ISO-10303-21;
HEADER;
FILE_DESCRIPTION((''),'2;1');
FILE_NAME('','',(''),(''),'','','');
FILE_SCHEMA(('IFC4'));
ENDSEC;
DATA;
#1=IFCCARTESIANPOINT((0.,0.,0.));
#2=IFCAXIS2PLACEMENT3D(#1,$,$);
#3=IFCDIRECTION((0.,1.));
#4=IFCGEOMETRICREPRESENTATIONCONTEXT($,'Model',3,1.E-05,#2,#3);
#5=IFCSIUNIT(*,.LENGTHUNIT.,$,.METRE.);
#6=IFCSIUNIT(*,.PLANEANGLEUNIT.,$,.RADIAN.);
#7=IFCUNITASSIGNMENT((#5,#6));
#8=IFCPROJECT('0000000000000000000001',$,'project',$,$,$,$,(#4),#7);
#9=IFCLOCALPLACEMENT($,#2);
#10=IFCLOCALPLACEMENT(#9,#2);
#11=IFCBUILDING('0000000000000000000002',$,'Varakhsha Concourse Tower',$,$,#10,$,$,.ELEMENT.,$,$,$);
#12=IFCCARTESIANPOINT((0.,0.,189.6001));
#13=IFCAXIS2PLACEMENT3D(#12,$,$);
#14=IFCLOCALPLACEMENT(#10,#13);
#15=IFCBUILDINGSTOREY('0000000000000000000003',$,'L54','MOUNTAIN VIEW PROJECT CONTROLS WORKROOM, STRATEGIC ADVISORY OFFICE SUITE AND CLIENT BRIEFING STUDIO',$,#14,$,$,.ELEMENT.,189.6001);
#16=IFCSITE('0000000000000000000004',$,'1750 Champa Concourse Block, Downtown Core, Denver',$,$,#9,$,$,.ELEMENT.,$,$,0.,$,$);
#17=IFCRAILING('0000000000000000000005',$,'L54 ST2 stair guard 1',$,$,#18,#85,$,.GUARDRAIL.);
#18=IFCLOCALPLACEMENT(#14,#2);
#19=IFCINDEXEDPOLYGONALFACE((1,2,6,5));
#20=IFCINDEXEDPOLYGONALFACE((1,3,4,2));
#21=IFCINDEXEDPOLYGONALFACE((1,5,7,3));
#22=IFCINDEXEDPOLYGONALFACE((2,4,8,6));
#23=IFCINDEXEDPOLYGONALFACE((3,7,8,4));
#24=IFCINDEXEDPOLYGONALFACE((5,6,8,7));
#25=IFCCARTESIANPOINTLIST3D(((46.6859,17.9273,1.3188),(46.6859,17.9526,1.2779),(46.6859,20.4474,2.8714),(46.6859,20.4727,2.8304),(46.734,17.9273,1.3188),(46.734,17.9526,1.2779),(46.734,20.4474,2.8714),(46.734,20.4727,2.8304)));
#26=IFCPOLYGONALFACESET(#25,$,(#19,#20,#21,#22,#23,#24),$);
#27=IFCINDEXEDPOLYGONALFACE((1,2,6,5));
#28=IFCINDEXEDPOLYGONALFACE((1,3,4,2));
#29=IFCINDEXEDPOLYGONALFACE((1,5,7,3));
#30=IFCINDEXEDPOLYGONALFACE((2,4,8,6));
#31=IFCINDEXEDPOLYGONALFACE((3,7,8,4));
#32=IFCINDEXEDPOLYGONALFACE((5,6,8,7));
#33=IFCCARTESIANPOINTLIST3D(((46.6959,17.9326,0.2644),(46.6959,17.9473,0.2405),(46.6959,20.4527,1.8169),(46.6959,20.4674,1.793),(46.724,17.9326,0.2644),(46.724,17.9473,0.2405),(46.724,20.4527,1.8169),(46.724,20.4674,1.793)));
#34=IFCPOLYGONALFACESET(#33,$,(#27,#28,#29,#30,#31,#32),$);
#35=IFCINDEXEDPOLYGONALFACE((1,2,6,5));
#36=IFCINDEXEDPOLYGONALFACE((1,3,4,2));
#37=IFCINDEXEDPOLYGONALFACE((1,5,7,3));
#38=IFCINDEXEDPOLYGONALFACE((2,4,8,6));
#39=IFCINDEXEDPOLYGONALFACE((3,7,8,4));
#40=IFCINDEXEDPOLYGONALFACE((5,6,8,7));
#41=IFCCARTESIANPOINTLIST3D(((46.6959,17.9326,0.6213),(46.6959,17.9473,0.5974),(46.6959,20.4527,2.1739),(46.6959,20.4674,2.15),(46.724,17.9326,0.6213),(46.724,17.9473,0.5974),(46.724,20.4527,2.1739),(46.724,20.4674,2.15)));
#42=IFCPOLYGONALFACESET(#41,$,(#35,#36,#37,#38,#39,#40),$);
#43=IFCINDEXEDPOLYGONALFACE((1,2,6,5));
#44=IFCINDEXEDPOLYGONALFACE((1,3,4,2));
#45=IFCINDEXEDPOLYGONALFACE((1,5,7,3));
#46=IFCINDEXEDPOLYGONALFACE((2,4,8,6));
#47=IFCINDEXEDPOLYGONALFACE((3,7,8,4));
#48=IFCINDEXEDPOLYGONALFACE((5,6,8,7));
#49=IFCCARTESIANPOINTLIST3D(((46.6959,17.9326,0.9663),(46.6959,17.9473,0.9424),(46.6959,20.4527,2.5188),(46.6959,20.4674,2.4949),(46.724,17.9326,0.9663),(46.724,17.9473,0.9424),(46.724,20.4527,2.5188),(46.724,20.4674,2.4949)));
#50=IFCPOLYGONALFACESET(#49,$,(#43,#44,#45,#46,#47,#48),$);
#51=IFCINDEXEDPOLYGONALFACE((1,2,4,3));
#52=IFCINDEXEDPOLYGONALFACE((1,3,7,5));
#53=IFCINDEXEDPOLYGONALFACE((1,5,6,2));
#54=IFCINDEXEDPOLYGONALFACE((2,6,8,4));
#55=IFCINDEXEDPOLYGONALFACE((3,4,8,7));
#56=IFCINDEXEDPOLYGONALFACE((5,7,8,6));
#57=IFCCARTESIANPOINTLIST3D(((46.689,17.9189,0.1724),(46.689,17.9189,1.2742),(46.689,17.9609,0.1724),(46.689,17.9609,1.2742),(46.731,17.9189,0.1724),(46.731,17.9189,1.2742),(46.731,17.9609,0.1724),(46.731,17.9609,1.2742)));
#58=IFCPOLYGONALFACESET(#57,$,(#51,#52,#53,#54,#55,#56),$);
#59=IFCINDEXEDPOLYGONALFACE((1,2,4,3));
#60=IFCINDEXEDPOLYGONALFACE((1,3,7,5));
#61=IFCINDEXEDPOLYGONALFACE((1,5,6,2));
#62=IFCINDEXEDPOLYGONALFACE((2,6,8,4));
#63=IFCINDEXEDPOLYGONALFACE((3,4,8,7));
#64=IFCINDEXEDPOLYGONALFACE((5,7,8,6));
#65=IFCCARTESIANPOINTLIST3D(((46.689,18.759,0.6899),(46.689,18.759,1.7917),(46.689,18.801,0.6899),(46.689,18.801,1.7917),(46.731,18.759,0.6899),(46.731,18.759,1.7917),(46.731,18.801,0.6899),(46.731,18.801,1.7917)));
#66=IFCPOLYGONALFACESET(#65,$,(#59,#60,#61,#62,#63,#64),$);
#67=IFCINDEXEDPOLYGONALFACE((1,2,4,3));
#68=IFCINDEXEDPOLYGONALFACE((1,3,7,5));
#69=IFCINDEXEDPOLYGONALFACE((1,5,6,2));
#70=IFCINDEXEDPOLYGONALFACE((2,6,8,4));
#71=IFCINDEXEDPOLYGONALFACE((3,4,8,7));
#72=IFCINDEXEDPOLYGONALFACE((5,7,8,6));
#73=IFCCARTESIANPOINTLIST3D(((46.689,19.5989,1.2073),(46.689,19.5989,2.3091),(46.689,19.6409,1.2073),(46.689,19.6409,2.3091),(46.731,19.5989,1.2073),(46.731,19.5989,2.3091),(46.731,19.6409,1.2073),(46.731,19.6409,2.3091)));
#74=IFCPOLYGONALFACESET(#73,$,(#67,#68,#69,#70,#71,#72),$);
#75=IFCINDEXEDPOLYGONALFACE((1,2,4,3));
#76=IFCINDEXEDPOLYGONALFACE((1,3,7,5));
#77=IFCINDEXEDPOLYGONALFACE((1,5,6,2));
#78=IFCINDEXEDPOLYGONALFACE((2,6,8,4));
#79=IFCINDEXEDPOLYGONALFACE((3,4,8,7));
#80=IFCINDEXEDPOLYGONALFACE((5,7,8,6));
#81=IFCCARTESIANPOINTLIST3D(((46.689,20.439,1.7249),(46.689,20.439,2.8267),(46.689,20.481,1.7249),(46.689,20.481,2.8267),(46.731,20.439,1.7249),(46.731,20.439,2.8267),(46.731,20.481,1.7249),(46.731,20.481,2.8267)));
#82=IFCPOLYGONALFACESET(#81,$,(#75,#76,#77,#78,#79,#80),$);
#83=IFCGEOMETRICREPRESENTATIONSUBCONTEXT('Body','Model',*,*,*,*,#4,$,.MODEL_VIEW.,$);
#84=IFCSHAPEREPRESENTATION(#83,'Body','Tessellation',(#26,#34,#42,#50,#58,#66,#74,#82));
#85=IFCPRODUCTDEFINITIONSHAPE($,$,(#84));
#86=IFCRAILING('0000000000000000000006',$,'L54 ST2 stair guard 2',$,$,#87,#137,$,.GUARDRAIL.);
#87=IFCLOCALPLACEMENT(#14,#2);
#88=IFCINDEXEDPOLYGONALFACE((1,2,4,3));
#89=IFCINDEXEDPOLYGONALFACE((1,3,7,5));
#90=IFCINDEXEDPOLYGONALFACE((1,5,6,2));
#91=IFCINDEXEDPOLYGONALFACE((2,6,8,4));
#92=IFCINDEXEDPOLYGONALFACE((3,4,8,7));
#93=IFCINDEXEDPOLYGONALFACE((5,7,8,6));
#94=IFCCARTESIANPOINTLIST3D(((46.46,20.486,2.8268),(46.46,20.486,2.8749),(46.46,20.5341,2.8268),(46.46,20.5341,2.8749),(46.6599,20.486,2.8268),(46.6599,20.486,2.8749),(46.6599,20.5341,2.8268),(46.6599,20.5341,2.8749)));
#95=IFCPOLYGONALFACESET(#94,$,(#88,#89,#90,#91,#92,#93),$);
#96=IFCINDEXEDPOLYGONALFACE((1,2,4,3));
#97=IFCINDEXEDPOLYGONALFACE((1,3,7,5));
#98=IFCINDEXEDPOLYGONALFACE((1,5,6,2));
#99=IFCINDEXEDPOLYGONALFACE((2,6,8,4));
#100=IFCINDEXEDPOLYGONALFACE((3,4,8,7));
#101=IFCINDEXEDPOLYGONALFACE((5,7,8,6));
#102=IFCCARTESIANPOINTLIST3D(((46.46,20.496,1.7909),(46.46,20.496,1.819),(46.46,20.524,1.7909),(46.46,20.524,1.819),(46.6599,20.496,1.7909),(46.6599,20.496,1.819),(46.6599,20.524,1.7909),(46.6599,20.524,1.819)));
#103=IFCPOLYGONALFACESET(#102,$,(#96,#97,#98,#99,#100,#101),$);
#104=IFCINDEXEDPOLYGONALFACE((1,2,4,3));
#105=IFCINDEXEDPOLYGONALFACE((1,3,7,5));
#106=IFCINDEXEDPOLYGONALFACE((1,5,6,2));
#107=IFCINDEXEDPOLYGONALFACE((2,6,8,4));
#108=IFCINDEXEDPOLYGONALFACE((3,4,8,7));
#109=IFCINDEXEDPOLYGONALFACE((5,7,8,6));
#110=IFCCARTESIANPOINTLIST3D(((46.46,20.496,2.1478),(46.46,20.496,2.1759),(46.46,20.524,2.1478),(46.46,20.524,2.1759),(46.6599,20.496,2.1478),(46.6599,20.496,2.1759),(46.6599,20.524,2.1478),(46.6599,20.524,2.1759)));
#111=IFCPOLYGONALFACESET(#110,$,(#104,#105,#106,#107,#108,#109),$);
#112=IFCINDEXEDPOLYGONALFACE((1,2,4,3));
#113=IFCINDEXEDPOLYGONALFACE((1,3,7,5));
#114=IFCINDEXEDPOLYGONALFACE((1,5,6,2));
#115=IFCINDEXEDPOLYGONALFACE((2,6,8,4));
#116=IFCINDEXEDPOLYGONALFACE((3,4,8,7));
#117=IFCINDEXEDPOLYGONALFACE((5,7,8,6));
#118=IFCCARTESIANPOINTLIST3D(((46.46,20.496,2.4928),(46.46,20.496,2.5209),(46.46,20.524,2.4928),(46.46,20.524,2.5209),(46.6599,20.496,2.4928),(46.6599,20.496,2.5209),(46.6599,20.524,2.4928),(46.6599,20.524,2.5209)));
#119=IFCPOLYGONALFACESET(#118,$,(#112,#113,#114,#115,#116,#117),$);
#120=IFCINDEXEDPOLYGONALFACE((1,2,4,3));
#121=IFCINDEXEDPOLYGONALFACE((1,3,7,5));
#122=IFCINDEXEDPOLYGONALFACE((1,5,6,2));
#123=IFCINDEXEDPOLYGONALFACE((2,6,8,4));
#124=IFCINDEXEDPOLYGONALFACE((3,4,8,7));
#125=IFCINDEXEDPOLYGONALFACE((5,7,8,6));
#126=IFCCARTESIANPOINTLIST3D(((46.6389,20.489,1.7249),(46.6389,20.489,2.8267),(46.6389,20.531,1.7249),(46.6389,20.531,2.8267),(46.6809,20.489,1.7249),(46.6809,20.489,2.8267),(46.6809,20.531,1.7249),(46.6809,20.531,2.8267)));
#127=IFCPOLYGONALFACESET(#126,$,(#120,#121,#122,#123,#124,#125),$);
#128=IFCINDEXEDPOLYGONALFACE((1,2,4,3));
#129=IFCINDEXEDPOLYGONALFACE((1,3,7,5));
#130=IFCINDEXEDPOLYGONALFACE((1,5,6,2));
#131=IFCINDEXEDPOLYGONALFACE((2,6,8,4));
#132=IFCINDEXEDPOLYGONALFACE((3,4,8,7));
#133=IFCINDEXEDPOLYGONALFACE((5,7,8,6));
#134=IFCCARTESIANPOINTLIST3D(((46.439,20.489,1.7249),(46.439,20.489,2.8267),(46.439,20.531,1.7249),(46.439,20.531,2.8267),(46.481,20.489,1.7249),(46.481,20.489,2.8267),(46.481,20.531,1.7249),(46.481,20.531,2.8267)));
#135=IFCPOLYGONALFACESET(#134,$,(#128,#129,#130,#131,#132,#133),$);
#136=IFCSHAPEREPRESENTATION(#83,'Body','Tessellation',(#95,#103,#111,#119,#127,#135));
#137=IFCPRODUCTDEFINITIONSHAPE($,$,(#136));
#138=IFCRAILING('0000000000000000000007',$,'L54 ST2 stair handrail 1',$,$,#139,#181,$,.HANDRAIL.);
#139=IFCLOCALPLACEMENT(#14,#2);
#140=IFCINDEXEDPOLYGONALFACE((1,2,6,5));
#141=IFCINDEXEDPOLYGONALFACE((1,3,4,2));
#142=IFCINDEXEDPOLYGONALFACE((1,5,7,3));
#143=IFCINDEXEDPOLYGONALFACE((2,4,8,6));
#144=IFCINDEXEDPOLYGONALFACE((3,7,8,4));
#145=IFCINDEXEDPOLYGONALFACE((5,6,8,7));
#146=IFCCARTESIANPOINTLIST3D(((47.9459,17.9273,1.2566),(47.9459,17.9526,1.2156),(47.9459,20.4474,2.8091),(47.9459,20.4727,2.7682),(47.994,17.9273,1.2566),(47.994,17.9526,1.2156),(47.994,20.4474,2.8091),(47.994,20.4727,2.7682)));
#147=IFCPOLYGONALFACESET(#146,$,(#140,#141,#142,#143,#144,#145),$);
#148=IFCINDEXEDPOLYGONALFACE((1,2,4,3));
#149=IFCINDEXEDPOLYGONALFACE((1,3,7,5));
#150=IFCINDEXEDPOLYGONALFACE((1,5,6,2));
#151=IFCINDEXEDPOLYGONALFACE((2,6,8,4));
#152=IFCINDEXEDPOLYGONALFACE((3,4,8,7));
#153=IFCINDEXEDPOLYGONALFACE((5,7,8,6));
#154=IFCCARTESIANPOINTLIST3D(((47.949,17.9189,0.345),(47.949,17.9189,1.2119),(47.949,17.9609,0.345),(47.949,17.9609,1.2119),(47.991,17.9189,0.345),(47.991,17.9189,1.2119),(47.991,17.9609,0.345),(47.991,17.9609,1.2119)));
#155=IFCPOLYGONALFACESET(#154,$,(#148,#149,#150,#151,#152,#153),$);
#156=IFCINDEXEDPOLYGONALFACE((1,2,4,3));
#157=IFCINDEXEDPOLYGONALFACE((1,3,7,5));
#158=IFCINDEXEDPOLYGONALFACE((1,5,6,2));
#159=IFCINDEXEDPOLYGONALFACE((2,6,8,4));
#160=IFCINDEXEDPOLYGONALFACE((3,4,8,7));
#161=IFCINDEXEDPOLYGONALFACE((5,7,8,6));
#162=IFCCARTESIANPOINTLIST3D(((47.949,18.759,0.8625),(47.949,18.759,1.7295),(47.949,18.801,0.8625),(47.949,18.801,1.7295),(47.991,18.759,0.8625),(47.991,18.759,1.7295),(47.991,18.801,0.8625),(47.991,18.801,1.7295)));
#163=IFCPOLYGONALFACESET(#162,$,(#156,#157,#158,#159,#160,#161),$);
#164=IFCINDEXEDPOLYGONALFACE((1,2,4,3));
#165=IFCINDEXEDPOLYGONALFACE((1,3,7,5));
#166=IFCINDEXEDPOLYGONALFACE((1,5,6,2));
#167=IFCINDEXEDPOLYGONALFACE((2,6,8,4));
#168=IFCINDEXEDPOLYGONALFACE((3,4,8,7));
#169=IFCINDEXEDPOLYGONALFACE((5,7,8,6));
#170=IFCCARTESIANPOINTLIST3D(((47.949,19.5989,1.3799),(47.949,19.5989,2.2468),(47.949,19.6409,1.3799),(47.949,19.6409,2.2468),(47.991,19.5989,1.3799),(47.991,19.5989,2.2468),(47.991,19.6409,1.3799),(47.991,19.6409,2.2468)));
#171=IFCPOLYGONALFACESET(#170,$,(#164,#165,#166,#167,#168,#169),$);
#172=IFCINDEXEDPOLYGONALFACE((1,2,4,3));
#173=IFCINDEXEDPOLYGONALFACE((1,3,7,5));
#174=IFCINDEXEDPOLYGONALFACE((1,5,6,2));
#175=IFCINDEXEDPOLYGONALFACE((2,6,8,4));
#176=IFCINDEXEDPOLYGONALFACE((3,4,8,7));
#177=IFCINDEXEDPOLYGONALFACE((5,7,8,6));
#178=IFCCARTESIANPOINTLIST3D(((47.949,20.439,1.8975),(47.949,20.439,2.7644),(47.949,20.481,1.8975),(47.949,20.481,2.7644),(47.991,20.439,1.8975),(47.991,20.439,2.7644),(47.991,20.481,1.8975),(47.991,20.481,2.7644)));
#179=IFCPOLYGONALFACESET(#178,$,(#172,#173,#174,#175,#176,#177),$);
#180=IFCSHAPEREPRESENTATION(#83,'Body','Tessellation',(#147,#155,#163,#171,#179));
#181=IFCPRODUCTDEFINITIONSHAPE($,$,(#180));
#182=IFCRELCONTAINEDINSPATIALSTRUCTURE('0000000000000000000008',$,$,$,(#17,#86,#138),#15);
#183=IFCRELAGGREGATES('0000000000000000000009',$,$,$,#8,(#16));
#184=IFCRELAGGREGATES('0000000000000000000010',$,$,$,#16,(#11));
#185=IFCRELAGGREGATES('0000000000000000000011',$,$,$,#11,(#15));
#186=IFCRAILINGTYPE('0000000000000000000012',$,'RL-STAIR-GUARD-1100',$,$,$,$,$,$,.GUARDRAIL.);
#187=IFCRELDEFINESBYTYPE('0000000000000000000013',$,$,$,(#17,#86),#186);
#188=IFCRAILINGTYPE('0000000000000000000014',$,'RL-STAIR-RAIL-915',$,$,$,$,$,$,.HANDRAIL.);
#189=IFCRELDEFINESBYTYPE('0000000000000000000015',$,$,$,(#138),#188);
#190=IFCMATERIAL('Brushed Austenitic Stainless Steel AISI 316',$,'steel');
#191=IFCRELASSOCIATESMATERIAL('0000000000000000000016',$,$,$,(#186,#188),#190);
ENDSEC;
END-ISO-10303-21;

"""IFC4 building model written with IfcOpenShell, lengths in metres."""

from ifc_helpers import new_model, si_unit, direction, frame, origin, origin_2d, place, context, subcontext, project, spatial, rectangle, extrude, material, type_object, element, save


model = new_model("IFC4")

# Units and contexts
model_context = context("Model", 3, precision=1e-05, world=origin(), true_north=direction((0.0, 1.0)))
body_context = subcontext(model_context, "Body", "Model", "MODEL_VIEW")
ifc_project = project(units=[si_unit("LENGTHUNIT", "METRE"), si_unit("PLANEANGLEUNIT", "RADIAN")], contexts=[model_context])

# Site, building, storey
site_placement = place(None, origin())
site = spatial("IfcSite", under=ifc_project, at=site_placement, Name="1750 Champa Concourse Block, Downtown Core, Denver", CompositionType="ELEMENT", RefElevation=0.0)
building_placement = place(site_placement, origin())
building = spatial("IfcBuilding", under=site, at=building_placement, Name="Varakhsha Concourse Tower", CompositionType="ELEMENT")
storey_placement = place(building_placement, frame((0.0, 0.0, 189.6001)))
storey = spatial("IfcBuildingStorey", under=building, at=storey_placement, Name="L54", Description="MOUNTAIN VIEW PROJECT CONTROLS WORKROOM, STRATEGIC ADVISORY OFFICE SUITE AND CLIENT BRIEFING STUDIO", CompositionType="ELEMENT", Elevation=189.6001)

# Railings
ifc_material_1 = material(Name="Brushed Austenitic Stainless Steel AISI 316", Category="steel")
railing_type_1 = type_object("IfcRailingType", Name="RL-STAIR-GUARD-1100", PredefinedType="GUARDRAIL", material=ifc_material_1)
railing_1_placement = place(storey_placement, frame((46.71, 17.9399, 0.1724)))
element("IfcRailing", 1, at=railing_1_placement, inside=storey, type_object=railing_type_1, Name="L54 ST2 stair guard 1", PredefinedType="GUARDRAIL", context=body_context, shape_type="SweptSolid", body=[
    extrude(rectangle(XDim=0.0481, YDim=0.0481, at=origin_2d()), frame((0.0, 0.0, 1.126), z_axis=(0.0, 0.8514, 0.524516), x_axis=(-1.0, 0.0, 0.0)), (0.0, 0.0, 1.0), 2.96),
    extrude(rectangle(XDim=0.0281, YDim=0.0281, at=origin_2d()), frame((0.0, 0.0, 0.0801), z_axis=(0.0, 0.8514, 0.524516), x_axis=(-1.0, 0.0, 0.0)), (0.0, 0.0, 1.0), 2.96),
    extrude(rectangle(XDim=0.0281, YDim=0.0281, at=origin_2d()), frame((0.0, 0.0, 0.437), z_axis=(0.0, 0.8514, 0.524516), x_axis=(-1.0, 0.0, 0.0)), (0.0, 0.0, 1.0), 2.96),
    extrude(rectangle(XDim=0.0281, YDim=0.0281, at=origin_2d()), frame((0.0, 0.0, 0.782), z_axis=(0.0, 0.8514, 0.524516), x_axis=(-1.0, 0.0, 0.0)), (0.0, 0.0, 1.0), 2.96),
    extrude(rectangle(XDim=0.042, YDim=0.042, at=origin_2d()), origin(), (0.0, 0.0, 1.0), 1.1018),
    extrude(rectangle(XDim=0.042, YDim=0.042, at=origin_2d()), frame((0.0, 0.8401, 0.5176)), (0.0, 0.0, 1.0), 1.1018),
    extrude(rectangle(XDim=0.042, YDim=0.042, at=origin_2d()), frame((0.0, 1.6799, 1.0349)), (0.0, 0.0, 1.0), 1.1018),
    extrude(rectangle(XDim=0.042, YDim=0.042, at=origin_2d()), frame((0.0, 2.52, 1.5525)), (0.0, 0.0, 1.0), 1.1018),
])
railing_2_placement = place(storey_placement, frame((46.6599, 20.51, 1.7249)))
element("IfcRailing", 2, at=railing_2_placement, inside=storey, type_object=railing_type_1, Name="L54 ST2 stair guard 2", PredefinedType="GUARDRAIL", context=body_context, shape_type="SweptSolid", body=[
    extrude(rectangle(XDim=0.0481, YDim=0.0481, at=origin_2d()), frame((0.0, 0.0, 1.126), z_axis=(-1.0, 0.0, 0.0), x_axis=(0.0, -1.0, 0.0)), (0.0, 0.0, 1.0), 0.2),
    extrude(rectangle(XDim=0.0281, YDim=0.0281, at=origin_2d()), frame((0.0, 0.0, 0.0801), z_axis=(-1.0, 0.0, 0.0), x_axis=(0.0, -1.0, 0.0)), (0.0, 0.0, 1.0), 0.2),
    extrude(rectangle(XDim=0.0281, YDim=0.0281, at=origin_2d()), frame((0.0, 0.0, 0.437), z_axis=(-1.0, 0.0, 0.0), x_axis=(0.0, -1.0, 0.0)), (0.0, 0.0, 1.0), 0.2),
    extrude(rectangle(XDim=0.0281, YDim=0.0281, at=origin_2d()), frame((0.0, 0.0, 0.782), z_axis=(-1.0, 0.0, 0.0), x_axis=(0.0, -1.0, 0.0)), (0.0, 0.0, 1.0), 0.2),
    extrude(rectangle(XDim=0.042, YDim=0.042, at=origin_2d()), origin(), (0.0, 0.0, 1.0), 1.1018),
    extrude(rectangle(XDim=0.042, YDim=0.042, at=origin_2d()), frame((-0.2, 0.0, 0.0)), (0.0, 0.0, 1.0), 1.1018),
])
railing_type_2 = type_object("IfcRailingType", Name="RL-STAIR-RAIL-915", PredefinedType="HANDRAIL", material=ifc_material_1)
railing_3_placement = place(storey_placement, frame((47.97, 17.9399, 0.345)))
element("IfcRailing", 3, at=railing_3_placement, inside=storey, type_object=railing_type_2, Name="L54 ST2 stair handrail 1", PredefinedType="HANDRAIL", context=body_context, shape_type="SweptSolid", body=[
    extrude(rectangle(XDim=0.0481, YDim=0.0481, at=origin_2d()), frame((0.0, 0.0, 0.8911), z_axis=(0.0, 0.8514, 0.524516), x_axis=(-1.0, 0.0, 0.0)), (0.0, 0.0, 1.0), 2.96),
    extrude(rectangle(XDim=0.042, YDim=0.042, at=origin_2d()), origin(), (0.0, 0.0, 1.0), 0.8669),
    extrude(rectangle(XDim=0.042, YDim=0.042, at=origin_2d()), frame((0.0, 0.8401, 0.5176)), (0.0, 0.0, 1.0), 0.8669),
    extrude(rectangle(XDim=0.042, YDim=0.042, at=origin_2d()), frame((0.0, 1.6799, 1.0349)), (0.0, 0.0, 1.0), 0.8669),
    extrude(rectangle(XDim=0.042, YDim=0.042, at=origin_2d()), frame((0.0, 2.52, 1.5525)), (0.0, 0.0, 1.0), 0.8669),
])

save(model, "model.ifc")
